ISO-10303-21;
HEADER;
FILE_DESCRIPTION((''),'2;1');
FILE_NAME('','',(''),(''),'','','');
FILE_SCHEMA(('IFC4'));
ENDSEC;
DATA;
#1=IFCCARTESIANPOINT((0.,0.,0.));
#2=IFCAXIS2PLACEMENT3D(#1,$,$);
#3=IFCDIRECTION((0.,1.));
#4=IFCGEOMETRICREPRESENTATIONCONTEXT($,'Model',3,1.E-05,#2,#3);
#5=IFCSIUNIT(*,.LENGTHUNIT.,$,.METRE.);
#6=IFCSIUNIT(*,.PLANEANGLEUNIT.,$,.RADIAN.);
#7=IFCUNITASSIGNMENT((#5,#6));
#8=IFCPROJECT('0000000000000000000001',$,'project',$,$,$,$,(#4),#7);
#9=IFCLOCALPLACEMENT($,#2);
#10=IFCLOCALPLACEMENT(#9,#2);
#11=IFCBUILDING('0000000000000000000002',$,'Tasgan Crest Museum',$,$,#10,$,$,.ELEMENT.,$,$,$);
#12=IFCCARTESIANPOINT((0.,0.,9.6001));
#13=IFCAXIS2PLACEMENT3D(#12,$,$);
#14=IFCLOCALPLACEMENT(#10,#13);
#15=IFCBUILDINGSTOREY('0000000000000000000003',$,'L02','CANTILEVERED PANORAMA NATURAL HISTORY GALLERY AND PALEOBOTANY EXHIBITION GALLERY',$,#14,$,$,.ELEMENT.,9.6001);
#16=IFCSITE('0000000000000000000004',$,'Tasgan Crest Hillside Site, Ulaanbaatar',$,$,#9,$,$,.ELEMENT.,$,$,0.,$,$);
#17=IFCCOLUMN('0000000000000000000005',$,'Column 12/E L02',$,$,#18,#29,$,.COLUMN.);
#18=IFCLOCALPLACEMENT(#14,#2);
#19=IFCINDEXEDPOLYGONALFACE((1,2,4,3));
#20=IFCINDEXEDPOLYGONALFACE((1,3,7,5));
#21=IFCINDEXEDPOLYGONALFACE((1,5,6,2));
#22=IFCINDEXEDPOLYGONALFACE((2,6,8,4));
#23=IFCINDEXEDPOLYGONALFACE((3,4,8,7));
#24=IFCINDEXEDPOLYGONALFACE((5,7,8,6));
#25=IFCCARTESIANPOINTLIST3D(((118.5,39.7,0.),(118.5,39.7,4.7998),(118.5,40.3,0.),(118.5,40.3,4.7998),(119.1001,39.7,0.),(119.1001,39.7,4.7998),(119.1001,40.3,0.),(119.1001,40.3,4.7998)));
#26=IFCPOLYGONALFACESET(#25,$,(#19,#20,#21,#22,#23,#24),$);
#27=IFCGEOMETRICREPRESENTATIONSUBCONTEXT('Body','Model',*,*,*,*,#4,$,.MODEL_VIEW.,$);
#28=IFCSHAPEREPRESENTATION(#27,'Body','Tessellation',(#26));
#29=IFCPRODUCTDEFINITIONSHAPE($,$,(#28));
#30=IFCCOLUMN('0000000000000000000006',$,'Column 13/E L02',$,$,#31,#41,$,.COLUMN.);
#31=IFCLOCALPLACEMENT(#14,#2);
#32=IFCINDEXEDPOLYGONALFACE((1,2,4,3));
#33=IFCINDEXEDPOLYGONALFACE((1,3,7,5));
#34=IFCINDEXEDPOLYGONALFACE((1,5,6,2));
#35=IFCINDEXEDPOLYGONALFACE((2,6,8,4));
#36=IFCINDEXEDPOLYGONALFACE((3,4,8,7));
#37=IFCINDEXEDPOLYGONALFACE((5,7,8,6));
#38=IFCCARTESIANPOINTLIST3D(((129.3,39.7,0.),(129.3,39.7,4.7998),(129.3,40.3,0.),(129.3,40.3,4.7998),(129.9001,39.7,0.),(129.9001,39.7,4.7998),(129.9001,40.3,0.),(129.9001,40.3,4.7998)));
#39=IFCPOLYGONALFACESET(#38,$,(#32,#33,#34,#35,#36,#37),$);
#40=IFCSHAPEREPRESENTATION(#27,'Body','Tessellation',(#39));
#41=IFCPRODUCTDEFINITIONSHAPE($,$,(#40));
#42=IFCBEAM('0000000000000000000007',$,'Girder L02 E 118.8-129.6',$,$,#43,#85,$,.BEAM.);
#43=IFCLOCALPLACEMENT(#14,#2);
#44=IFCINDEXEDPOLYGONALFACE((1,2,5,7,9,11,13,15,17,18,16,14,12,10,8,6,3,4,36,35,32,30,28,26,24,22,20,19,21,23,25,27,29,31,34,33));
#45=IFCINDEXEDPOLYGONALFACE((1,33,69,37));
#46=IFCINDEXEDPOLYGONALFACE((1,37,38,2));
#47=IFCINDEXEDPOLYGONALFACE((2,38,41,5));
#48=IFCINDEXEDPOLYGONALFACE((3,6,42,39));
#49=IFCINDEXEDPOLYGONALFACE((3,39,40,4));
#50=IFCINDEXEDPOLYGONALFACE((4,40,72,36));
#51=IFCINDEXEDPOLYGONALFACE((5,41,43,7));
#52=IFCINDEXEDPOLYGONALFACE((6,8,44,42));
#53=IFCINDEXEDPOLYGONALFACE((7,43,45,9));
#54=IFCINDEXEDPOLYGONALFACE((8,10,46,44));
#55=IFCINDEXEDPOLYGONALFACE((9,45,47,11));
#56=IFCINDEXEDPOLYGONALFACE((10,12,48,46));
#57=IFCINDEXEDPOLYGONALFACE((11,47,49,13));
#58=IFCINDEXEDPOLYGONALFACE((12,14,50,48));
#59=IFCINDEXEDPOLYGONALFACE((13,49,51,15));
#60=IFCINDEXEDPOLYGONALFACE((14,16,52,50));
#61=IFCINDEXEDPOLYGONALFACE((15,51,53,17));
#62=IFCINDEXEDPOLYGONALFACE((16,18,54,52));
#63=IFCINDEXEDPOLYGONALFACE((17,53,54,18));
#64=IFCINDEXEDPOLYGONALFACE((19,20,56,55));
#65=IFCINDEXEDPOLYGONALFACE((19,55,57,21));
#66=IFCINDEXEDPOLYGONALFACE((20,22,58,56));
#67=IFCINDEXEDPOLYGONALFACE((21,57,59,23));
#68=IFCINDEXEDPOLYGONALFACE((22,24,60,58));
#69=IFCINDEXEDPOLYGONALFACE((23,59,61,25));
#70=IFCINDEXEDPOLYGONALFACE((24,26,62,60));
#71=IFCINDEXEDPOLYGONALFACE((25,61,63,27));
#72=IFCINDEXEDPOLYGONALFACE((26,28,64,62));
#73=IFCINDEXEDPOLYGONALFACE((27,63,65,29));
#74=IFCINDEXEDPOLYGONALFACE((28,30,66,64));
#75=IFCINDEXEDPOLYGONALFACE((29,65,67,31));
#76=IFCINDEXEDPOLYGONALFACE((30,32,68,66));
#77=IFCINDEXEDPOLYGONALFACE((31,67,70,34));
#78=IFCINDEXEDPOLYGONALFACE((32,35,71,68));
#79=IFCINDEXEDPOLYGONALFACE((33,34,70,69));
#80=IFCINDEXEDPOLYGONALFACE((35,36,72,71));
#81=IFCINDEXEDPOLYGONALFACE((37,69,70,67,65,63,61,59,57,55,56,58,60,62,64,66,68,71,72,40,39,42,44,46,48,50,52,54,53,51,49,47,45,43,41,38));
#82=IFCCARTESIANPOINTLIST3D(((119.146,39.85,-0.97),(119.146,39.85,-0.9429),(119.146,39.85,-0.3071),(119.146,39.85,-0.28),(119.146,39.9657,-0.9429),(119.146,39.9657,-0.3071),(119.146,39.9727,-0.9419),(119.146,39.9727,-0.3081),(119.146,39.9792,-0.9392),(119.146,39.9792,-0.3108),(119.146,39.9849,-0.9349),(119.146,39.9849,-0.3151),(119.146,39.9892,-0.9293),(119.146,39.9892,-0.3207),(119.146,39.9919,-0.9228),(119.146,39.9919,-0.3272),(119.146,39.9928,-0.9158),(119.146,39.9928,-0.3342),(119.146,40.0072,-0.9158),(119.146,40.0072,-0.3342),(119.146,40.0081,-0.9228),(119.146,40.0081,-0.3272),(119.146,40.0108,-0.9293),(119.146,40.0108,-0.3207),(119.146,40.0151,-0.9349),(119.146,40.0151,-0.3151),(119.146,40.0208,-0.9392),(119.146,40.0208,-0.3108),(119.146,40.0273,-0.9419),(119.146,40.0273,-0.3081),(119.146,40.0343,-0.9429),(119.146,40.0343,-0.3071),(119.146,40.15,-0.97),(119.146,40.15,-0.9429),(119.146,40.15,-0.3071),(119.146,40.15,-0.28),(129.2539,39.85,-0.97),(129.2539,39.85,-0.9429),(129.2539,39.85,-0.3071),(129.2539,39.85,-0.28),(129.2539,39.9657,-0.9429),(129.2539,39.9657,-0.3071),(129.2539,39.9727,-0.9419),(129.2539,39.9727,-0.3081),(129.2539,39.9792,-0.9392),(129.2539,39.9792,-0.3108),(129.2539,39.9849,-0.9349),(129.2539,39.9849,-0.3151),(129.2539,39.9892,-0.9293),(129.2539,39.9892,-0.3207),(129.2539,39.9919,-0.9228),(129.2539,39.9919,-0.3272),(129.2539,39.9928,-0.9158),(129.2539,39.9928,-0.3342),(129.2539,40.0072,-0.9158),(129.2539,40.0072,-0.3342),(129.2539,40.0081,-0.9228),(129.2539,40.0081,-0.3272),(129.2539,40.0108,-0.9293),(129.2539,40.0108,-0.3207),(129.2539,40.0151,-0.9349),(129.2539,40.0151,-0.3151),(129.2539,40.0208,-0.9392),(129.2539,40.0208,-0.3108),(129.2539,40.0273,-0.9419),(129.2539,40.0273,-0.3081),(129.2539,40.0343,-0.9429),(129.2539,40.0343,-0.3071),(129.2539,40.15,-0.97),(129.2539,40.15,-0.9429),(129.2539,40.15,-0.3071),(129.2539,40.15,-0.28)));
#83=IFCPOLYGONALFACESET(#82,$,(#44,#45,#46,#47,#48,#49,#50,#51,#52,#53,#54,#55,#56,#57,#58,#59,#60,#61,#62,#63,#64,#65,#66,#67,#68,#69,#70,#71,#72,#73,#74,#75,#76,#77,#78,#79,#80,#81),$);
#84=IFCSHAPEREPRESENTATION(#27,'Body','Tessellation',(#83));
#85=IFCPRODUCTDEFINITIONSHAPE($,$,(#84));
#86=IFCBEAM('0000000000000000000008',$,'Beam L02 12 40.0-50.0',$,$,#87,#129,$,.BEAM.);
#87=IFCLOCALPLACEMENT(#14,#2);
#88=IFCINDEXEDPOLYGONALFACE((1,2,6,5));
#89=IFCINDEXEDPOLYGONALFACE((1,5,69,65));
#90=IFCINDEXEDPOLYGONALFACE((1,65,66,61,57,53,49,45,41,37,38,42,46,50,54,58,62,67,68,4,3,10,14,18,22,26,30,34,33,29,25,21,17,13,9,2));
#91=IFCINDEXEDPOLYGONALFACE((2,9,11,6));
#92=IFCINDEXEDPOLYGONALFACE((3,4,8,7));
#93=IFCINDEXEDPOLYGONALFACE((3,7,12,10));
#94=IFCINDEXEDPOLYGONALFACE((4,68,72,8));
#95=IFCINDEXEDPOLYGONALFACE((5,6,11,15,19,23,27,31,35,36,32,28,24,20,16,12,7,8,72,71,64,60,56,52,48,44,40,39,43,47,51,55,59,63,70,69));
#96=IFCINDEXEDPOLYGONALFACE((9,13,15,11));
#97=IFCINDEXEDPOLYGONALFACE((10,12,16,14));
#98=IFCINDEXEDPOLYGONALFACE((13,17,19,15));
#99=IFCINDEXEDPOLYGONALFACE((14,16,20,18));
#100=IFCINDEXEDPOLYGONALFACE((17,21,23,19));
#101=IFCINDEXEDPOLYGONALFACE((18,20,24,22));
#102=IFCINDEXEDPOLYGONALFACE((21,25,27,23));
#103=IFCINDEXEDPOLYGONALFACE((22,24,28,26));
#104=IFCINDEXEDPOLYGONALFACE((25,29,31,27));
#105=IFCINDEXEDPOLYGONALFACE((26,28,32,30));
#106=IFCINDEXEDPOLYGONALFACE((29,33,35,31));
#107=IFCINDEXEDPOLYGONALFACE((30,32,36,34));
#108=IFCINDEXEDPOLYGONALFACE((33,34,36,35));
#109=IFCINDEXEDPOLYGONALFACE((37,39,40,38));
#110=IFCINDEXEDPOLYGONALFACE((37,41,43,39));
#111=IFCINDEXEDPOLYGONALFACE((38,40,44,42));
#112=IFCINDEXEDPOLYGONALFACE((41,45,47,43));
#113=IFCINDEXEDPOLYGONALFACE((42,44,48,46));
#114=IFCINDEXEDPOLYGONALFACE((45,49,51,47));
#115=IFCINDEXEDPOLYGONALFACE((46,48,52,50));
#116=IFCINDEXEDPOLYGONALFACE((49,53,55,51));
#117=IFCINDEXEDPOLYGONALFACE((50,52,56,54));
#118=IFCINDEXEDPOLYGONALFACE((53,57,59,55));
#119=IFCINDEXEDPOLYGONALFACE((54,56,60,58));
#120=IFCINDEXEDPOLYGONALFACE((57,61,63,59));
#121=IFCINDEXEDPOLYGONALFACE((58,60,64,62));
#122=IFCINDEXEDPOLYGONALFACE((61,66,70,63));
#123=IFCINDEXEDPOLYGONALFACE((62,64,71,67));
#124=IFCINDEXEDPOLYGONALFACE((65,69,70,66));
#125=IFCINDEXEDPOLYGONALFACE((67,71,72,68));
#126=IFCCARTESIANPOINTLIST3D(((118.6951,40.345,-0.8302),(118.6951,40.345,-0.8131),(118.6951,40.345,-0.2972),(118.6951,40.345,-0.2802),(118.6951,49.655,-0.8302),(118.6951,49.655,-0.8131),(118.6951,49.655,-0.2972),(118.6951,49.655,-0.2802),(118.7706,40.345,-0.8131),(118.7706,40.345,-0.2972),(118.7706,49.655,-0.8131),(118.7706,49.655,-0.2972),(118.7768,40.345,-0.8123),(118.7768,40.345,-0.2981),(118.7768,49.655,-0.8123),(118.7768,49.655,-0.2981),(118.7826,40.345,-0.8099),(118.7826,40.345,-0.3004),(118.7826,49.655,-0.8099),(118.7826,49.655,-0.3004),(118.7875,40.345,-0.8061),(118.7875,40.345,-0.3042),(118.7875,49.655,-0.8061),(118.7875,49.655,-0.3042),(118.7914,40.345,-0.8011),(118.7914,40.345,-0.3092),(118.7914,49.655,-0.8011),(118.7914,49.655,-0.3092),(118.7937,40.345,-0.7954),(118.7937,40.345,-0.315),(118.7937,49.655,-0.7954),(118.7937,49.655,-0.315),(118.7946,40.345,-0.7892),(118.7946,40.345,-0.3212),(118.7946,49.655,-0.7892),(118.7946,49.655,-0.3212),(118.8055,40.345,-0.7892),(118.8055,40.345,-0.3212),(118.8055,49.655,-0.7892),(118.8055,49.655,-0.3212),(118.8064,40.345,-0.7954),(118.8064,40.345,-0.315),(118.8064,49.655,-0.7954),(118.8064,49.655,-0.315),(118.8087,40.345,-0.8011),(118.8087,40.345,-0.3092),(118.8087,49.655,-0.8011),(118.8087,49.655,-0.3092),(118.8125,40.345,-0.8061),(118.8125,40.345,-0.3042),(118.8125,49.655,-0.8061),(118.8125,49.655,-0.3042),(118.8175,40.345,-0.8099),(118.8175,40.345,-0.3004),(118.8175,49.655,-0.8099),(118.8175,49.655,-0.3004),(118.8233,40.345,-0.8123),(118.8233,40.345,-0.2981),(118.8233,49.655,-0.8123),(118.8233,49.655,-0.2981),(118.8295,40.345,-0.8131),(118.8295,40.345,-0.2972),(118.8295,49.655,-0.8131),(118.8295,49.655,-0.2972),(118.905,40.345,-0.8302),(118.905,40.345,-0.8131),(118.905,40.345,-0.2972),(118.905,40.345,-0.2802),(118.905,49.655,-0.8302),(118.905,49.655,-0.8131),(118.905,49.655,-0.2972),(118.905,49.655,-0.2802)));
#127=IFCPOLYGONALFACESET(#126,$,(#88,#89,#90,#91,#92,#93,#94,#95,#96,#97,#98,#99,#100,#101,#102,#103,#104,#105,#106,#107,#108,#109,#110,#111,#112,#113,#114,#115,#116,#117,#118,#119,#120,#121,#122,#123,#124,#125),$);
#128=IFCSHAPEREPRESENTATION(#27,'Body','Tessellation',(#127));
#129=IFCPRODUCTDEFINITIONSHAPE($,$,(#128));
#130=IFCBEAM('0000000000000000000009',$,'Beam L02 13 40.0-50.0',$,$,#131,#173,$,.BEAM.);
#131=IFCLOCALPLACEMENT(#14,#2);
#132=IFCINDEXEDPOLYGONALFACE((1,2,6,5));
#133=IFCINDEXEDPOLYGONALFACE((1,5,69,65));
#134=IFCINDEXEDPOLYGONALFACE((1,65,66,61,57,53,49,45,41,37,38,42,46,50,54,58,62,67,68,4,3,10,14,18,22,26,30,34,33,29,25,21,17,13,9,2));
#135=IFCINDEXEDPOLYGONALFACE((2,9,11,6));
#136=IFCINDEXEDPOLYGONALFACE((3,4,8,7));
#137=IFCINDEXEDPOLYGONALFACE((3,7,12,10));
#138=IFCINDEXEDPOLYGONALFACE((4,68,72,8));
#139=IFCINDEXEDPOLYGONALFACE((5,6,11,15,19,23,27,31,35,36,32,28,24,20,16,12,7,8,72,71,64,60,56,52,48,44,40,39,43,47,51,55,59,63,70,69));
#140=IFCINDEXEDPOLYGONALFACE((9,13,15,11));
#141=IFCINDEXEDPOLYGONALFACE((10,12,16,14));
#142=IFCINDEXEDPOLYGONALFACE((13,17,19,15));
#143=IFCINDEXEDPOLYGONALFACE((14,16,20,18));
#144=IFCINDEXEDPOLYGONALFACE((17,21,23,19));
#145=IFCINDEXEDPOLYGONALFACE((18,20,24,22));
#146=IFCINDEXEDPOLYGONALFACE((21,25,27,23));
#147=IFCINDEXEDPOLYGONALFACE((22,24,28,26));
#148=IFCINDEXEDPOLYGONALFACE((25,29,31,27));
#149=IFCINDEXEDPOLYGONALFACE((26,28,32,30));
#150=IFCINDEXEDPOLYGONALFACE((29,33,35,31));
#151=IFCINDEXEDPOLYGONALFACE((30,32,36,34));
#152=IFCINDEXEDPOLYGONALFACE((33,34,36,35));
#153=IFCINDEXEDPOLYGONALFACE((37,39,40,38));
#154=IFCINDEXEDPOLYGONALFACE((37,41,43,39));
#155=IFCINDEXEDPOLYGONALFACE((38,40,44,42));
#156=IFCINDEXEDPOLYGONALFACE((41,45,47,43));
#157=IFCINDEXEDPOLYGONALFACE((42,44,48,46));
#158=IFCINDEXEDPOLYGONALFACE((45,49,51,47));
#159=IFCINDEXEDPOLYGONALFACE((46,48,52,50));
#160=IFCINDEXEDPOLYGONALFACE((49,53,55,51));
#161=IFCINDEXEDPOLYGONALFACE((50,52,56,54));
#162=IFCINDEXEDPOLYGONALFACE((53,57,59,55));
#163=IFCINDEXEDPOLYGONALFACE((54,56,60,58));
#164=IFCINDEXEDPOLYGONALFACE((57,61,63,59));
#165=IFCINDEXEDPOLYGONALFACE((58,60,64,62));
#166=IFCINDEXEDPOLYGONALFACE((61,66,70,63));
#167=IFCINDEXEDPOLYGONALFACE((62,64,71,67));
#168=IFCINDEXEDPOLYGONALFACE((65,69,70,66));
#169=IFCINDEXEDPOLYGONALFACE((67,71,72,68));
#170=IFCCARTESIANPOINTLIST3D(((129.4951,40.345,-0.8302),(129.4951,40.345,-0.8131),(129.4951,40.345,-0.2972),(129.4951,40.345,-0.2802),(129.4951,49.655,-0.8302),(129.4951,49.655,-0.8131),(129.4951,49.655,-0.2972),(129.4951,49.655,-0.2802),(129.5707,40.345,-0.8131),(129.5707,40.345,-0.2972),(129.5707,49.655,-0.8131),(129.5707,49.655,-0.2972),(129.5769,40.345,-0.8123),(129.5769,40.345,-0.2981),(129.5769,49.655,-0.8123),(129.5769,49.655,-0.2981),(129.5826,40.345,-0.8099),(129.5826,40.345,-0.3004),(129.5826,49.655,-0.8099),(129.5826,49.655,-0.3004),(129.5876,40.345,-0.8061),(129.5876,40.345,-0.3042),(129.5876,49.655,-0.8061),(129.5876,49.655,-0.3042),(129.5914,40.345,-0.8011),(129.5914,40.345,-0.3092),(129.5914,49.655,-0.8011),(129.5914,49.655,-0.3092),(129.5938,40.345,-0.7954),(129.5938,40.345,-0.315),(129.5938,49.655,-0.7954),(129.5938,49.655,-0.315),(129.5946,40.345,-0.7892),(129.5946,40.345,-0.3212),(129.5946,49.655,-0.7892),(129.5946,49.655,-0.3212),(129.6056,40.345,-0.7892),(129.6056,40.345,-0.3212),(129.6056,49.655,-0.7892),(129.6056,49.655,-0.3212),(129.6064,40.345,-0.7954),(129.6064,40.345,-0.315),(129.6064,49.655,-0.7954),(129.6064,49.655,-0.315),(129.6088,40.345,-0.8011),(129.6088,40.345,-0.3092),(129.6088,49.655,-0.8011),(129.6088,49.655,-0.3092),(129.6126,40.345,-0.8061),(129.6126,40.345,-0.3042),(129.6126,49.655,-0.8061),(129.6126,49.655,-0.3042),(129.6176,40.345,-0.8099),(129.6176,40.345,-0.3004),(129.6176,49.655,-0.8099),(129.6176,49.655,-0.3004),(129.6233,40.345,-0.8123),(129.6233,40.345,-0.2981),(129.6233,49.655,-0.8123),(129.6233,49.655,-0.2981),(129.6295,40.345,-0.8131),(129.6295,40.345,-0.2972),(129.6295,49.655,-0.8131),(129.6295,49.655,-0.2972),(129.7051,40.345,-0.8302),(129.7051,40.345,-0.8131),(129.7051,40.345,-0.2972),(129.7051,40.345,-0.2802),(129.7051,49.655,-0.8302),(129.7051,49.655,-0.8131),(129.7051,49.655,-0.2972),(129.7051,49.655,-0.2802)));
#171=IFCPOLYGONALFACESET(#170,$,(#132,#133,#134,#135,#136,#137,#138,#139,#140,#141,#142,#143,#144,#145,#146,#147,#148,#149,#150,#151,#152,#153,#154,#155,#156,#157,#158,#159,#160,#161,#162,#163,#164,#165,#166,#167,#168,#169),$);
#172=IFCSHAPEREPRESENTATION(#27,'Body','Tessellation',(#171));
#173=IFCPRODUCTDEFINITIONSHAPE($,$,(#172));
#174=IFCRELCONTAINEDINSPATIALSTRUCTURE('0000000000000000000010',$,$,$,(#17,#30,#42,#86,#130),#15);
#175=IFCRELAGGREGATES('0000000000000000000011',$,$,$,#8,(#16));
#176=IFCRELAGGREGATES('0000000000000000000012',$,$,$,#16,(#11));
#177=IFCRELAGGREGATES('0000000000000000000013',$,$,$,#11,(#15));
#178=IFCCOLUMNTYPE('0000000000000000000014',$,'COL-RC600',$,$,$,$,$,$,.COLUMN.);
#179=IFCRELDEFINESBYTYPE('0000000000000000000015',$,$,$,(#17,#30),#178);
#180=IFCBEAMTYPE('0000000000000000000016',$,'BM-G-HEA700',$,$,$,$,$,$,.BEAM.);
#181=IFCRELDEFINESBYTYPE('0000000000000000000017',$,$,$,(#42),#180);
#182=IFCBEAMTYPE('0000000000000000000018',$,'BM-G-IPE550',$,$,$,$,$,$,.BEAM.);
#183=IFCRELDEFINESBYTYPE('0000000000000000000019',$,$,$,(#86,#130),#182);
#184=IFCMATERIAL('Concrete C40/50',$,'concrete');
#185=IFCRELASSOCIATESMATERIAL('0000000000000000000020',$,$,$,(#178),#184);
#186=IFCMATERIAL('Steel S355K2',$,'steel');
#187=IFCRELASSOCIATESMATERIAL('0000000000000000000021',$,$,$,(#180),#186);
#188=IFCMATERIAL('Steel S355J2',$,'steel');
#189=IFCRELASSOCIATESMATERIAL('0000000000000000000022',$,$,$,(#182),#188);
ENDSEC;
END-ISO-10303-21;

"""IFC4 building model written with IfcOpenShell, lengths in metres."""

from ifc_helpers import new_model, si_unit, direction, frame, origin, origin_2d, place, context, subcontext, project, spatial, rectangle, i_section, extrude, material, material_profile, profile_set, type_object, element, save


model = new_model("IFC4")

# Units and contexts
model_context = context("Model", 3, precision=1e-05, world=origin(), true_north=direction((0.0, 1.0)))
body_context = subcontext(model_context, "Body", "Model", "MODEL_VIEW")
ifc_project = project(units=[si_unit("LENGTHUNIT", "METRE"), si_unit("PLANEANGLEUNIT", "RADIAN")], contexts=[model_context])

# Site, building, storey
site_placement = place(None, origin())
site = spatial("IfcSite", under=ifc_project, at=site_placement, Name="Tasgan Crest Hillside Site, Ulaanbaatar", CompositionType="ELEMENT", RefElevation=0.0)
building_placement = place(site_placement, origin())
building = spatial("IfcBuilding", under=site, at=building_placement, Name="Tasgan Crest Museum", CompositionType="ELEMENT")
storey_placement = place(building_placement, frame((0.0, 0.0, 9.6001)))
storey = spatial("IfcBuildingStorey", under=building, at=storey_placement, Name="L02", Description="CANTILEVERED PANORAMA NATURAL HISTORY GALLERY AND PALEOBOTANY EXHIBITION GALLERY", CompositionType="ELEMENT", Elevation=9.6001)

# Columns
ifc_material_1 = material(Name="Concrete C40/50", Category="concrete")
ifc_material_profile_1 = material_profile(ifc_material_1, rectangle(XDim=0.6001, YDim=0.6001, at=origin_2d()), Name="RC 600x600")
ifc_profile_set_1 = profile_set([ifc_material_profile_1], Name="Concrete C40/50")
column_type = type_object("IfcColumnType", Name="COL-RC600", PredefinedType="COLUMN", material=ifc_profile_set_1)
for number, where, z_axis, x_axis, name in (
    (1, (118.8, 40.0, 0.0), (0.0, 0.0, 1.0), (1.0, 0.0, 0.0), "Column 12/E L02"),
    (2, (129.6001, 40.0, 0.0), (0.0, 0.0, 1.0), (1.0, 0.0, 0.0), "Column 13/E L02"),
):
    element("IfcColumn", number, at=place(storey_placement, frame(where, z_axis=z_axis, x_axis=x_axis)), inside=storey, type_object=column_type, Name=name, PredefinedType="COLUMN", context=body_context, shape_type="SweptSolid", body=[
        extrude(rectangle(XDim=0.6001, YDim=0.6001, at=origin_2d()), origin(), (0.0, 0.0, 1.0), 4.7998),
    ])

# Beams
ifc_material_2 = material(Name="Steel S355K2", Category="steel")
ifc_material_profile_2 = material_profile(ifc_material_2, i_section(OverallWidth=0.3, OverallDepth=0.6899, WebThickness=0.0144, FlangeThickness=0.0271, FilletRadius=0.0271, at=origin_2d()), Name="HEA 700")
ifc_profile_set_2 = profile_set([ifc_material_profile_2], Name="Steel S355K2")
beam_type_1 = type_object("IfcBeamType", Name="BM-G-HEA700", PredefinedType="BEAM", material=ifc_profile_set_2)
beam_placement = place(storey_placement, frame((119.146, 40.0, -0.625), z_axis=(1.0, 0.0, 0.0), x_axis=(0.0, 1.0, 0.0)))
element("IfcBeam", 3, at=beam_placement, inside=storey, type_object=beam_type_1, Name="Girder L02 E 118.8-129.6", PredefinedType="BEAM", context=body_context, shape_type="SweptSolid", body=[
    extrude(i_section(OverallWidth=0.3, OverallDepth=0.6899, WebThickness=0.0144, FlangeThickness=0.0271, FilletRadius=0.0271, at=origin_2d()), origin(), (0.0, 0.0, 1.0), 10.1079),
])
ifc_material_3 = material(Name="Steel S355J2", Category="steel")
ifc_material_profile_3 = material_profile(ifc_material_3, i_section(OverallWidth=0.21, OverallDepth=0.55, WebThickness=0.011, FlangeThickness=0.0171, FilletRadius=0.0239, at=origin_2d()), Name="IPE 550")
ifc_profile_set_3 = profile_set([ifc_material_profile_3], Name="Steel S355J2")
beam_type_2 = type_object("IfcBeamType", Name="BM-G-IPE550", PredefinedType="BEAM", material=ifc_profile_set_3)
for number, where, z_axis, x_axis, name in (
    (4, (118.8, 40.345, -0.5552), (0.0, 1.0, 0.0), (-1.0, 0.0, 0.0), "Beam L02 12 40.0-50.0"),
    (5, (129.6001, 40.345, -0.5552), (0.0, 1.0, 0.0), (-1.0, 0.0, 0.0), "Beam L02 13 40.0-50.0"),
):
    element("IfcBeam", number, at=place(storey_placement, frame(where, z_axis=z_axis, x_axis=x_axis)), inside=storey, type_object=beam_type_2, Name=name, PredefinedType="BEAM", context=body_context, shape_type="SweptSolid", body=[
        extrude(i_section(OverallWidth=0.21, OverallDepth=0.55, WebThickness=0.011, FlangeThickness=0.0171, FilletRadius=0.0239, at=origin_2d()), origin(), (0.0, 0.0, 1.0), 9.3101),
    ])

save(model, "model.ifc")
